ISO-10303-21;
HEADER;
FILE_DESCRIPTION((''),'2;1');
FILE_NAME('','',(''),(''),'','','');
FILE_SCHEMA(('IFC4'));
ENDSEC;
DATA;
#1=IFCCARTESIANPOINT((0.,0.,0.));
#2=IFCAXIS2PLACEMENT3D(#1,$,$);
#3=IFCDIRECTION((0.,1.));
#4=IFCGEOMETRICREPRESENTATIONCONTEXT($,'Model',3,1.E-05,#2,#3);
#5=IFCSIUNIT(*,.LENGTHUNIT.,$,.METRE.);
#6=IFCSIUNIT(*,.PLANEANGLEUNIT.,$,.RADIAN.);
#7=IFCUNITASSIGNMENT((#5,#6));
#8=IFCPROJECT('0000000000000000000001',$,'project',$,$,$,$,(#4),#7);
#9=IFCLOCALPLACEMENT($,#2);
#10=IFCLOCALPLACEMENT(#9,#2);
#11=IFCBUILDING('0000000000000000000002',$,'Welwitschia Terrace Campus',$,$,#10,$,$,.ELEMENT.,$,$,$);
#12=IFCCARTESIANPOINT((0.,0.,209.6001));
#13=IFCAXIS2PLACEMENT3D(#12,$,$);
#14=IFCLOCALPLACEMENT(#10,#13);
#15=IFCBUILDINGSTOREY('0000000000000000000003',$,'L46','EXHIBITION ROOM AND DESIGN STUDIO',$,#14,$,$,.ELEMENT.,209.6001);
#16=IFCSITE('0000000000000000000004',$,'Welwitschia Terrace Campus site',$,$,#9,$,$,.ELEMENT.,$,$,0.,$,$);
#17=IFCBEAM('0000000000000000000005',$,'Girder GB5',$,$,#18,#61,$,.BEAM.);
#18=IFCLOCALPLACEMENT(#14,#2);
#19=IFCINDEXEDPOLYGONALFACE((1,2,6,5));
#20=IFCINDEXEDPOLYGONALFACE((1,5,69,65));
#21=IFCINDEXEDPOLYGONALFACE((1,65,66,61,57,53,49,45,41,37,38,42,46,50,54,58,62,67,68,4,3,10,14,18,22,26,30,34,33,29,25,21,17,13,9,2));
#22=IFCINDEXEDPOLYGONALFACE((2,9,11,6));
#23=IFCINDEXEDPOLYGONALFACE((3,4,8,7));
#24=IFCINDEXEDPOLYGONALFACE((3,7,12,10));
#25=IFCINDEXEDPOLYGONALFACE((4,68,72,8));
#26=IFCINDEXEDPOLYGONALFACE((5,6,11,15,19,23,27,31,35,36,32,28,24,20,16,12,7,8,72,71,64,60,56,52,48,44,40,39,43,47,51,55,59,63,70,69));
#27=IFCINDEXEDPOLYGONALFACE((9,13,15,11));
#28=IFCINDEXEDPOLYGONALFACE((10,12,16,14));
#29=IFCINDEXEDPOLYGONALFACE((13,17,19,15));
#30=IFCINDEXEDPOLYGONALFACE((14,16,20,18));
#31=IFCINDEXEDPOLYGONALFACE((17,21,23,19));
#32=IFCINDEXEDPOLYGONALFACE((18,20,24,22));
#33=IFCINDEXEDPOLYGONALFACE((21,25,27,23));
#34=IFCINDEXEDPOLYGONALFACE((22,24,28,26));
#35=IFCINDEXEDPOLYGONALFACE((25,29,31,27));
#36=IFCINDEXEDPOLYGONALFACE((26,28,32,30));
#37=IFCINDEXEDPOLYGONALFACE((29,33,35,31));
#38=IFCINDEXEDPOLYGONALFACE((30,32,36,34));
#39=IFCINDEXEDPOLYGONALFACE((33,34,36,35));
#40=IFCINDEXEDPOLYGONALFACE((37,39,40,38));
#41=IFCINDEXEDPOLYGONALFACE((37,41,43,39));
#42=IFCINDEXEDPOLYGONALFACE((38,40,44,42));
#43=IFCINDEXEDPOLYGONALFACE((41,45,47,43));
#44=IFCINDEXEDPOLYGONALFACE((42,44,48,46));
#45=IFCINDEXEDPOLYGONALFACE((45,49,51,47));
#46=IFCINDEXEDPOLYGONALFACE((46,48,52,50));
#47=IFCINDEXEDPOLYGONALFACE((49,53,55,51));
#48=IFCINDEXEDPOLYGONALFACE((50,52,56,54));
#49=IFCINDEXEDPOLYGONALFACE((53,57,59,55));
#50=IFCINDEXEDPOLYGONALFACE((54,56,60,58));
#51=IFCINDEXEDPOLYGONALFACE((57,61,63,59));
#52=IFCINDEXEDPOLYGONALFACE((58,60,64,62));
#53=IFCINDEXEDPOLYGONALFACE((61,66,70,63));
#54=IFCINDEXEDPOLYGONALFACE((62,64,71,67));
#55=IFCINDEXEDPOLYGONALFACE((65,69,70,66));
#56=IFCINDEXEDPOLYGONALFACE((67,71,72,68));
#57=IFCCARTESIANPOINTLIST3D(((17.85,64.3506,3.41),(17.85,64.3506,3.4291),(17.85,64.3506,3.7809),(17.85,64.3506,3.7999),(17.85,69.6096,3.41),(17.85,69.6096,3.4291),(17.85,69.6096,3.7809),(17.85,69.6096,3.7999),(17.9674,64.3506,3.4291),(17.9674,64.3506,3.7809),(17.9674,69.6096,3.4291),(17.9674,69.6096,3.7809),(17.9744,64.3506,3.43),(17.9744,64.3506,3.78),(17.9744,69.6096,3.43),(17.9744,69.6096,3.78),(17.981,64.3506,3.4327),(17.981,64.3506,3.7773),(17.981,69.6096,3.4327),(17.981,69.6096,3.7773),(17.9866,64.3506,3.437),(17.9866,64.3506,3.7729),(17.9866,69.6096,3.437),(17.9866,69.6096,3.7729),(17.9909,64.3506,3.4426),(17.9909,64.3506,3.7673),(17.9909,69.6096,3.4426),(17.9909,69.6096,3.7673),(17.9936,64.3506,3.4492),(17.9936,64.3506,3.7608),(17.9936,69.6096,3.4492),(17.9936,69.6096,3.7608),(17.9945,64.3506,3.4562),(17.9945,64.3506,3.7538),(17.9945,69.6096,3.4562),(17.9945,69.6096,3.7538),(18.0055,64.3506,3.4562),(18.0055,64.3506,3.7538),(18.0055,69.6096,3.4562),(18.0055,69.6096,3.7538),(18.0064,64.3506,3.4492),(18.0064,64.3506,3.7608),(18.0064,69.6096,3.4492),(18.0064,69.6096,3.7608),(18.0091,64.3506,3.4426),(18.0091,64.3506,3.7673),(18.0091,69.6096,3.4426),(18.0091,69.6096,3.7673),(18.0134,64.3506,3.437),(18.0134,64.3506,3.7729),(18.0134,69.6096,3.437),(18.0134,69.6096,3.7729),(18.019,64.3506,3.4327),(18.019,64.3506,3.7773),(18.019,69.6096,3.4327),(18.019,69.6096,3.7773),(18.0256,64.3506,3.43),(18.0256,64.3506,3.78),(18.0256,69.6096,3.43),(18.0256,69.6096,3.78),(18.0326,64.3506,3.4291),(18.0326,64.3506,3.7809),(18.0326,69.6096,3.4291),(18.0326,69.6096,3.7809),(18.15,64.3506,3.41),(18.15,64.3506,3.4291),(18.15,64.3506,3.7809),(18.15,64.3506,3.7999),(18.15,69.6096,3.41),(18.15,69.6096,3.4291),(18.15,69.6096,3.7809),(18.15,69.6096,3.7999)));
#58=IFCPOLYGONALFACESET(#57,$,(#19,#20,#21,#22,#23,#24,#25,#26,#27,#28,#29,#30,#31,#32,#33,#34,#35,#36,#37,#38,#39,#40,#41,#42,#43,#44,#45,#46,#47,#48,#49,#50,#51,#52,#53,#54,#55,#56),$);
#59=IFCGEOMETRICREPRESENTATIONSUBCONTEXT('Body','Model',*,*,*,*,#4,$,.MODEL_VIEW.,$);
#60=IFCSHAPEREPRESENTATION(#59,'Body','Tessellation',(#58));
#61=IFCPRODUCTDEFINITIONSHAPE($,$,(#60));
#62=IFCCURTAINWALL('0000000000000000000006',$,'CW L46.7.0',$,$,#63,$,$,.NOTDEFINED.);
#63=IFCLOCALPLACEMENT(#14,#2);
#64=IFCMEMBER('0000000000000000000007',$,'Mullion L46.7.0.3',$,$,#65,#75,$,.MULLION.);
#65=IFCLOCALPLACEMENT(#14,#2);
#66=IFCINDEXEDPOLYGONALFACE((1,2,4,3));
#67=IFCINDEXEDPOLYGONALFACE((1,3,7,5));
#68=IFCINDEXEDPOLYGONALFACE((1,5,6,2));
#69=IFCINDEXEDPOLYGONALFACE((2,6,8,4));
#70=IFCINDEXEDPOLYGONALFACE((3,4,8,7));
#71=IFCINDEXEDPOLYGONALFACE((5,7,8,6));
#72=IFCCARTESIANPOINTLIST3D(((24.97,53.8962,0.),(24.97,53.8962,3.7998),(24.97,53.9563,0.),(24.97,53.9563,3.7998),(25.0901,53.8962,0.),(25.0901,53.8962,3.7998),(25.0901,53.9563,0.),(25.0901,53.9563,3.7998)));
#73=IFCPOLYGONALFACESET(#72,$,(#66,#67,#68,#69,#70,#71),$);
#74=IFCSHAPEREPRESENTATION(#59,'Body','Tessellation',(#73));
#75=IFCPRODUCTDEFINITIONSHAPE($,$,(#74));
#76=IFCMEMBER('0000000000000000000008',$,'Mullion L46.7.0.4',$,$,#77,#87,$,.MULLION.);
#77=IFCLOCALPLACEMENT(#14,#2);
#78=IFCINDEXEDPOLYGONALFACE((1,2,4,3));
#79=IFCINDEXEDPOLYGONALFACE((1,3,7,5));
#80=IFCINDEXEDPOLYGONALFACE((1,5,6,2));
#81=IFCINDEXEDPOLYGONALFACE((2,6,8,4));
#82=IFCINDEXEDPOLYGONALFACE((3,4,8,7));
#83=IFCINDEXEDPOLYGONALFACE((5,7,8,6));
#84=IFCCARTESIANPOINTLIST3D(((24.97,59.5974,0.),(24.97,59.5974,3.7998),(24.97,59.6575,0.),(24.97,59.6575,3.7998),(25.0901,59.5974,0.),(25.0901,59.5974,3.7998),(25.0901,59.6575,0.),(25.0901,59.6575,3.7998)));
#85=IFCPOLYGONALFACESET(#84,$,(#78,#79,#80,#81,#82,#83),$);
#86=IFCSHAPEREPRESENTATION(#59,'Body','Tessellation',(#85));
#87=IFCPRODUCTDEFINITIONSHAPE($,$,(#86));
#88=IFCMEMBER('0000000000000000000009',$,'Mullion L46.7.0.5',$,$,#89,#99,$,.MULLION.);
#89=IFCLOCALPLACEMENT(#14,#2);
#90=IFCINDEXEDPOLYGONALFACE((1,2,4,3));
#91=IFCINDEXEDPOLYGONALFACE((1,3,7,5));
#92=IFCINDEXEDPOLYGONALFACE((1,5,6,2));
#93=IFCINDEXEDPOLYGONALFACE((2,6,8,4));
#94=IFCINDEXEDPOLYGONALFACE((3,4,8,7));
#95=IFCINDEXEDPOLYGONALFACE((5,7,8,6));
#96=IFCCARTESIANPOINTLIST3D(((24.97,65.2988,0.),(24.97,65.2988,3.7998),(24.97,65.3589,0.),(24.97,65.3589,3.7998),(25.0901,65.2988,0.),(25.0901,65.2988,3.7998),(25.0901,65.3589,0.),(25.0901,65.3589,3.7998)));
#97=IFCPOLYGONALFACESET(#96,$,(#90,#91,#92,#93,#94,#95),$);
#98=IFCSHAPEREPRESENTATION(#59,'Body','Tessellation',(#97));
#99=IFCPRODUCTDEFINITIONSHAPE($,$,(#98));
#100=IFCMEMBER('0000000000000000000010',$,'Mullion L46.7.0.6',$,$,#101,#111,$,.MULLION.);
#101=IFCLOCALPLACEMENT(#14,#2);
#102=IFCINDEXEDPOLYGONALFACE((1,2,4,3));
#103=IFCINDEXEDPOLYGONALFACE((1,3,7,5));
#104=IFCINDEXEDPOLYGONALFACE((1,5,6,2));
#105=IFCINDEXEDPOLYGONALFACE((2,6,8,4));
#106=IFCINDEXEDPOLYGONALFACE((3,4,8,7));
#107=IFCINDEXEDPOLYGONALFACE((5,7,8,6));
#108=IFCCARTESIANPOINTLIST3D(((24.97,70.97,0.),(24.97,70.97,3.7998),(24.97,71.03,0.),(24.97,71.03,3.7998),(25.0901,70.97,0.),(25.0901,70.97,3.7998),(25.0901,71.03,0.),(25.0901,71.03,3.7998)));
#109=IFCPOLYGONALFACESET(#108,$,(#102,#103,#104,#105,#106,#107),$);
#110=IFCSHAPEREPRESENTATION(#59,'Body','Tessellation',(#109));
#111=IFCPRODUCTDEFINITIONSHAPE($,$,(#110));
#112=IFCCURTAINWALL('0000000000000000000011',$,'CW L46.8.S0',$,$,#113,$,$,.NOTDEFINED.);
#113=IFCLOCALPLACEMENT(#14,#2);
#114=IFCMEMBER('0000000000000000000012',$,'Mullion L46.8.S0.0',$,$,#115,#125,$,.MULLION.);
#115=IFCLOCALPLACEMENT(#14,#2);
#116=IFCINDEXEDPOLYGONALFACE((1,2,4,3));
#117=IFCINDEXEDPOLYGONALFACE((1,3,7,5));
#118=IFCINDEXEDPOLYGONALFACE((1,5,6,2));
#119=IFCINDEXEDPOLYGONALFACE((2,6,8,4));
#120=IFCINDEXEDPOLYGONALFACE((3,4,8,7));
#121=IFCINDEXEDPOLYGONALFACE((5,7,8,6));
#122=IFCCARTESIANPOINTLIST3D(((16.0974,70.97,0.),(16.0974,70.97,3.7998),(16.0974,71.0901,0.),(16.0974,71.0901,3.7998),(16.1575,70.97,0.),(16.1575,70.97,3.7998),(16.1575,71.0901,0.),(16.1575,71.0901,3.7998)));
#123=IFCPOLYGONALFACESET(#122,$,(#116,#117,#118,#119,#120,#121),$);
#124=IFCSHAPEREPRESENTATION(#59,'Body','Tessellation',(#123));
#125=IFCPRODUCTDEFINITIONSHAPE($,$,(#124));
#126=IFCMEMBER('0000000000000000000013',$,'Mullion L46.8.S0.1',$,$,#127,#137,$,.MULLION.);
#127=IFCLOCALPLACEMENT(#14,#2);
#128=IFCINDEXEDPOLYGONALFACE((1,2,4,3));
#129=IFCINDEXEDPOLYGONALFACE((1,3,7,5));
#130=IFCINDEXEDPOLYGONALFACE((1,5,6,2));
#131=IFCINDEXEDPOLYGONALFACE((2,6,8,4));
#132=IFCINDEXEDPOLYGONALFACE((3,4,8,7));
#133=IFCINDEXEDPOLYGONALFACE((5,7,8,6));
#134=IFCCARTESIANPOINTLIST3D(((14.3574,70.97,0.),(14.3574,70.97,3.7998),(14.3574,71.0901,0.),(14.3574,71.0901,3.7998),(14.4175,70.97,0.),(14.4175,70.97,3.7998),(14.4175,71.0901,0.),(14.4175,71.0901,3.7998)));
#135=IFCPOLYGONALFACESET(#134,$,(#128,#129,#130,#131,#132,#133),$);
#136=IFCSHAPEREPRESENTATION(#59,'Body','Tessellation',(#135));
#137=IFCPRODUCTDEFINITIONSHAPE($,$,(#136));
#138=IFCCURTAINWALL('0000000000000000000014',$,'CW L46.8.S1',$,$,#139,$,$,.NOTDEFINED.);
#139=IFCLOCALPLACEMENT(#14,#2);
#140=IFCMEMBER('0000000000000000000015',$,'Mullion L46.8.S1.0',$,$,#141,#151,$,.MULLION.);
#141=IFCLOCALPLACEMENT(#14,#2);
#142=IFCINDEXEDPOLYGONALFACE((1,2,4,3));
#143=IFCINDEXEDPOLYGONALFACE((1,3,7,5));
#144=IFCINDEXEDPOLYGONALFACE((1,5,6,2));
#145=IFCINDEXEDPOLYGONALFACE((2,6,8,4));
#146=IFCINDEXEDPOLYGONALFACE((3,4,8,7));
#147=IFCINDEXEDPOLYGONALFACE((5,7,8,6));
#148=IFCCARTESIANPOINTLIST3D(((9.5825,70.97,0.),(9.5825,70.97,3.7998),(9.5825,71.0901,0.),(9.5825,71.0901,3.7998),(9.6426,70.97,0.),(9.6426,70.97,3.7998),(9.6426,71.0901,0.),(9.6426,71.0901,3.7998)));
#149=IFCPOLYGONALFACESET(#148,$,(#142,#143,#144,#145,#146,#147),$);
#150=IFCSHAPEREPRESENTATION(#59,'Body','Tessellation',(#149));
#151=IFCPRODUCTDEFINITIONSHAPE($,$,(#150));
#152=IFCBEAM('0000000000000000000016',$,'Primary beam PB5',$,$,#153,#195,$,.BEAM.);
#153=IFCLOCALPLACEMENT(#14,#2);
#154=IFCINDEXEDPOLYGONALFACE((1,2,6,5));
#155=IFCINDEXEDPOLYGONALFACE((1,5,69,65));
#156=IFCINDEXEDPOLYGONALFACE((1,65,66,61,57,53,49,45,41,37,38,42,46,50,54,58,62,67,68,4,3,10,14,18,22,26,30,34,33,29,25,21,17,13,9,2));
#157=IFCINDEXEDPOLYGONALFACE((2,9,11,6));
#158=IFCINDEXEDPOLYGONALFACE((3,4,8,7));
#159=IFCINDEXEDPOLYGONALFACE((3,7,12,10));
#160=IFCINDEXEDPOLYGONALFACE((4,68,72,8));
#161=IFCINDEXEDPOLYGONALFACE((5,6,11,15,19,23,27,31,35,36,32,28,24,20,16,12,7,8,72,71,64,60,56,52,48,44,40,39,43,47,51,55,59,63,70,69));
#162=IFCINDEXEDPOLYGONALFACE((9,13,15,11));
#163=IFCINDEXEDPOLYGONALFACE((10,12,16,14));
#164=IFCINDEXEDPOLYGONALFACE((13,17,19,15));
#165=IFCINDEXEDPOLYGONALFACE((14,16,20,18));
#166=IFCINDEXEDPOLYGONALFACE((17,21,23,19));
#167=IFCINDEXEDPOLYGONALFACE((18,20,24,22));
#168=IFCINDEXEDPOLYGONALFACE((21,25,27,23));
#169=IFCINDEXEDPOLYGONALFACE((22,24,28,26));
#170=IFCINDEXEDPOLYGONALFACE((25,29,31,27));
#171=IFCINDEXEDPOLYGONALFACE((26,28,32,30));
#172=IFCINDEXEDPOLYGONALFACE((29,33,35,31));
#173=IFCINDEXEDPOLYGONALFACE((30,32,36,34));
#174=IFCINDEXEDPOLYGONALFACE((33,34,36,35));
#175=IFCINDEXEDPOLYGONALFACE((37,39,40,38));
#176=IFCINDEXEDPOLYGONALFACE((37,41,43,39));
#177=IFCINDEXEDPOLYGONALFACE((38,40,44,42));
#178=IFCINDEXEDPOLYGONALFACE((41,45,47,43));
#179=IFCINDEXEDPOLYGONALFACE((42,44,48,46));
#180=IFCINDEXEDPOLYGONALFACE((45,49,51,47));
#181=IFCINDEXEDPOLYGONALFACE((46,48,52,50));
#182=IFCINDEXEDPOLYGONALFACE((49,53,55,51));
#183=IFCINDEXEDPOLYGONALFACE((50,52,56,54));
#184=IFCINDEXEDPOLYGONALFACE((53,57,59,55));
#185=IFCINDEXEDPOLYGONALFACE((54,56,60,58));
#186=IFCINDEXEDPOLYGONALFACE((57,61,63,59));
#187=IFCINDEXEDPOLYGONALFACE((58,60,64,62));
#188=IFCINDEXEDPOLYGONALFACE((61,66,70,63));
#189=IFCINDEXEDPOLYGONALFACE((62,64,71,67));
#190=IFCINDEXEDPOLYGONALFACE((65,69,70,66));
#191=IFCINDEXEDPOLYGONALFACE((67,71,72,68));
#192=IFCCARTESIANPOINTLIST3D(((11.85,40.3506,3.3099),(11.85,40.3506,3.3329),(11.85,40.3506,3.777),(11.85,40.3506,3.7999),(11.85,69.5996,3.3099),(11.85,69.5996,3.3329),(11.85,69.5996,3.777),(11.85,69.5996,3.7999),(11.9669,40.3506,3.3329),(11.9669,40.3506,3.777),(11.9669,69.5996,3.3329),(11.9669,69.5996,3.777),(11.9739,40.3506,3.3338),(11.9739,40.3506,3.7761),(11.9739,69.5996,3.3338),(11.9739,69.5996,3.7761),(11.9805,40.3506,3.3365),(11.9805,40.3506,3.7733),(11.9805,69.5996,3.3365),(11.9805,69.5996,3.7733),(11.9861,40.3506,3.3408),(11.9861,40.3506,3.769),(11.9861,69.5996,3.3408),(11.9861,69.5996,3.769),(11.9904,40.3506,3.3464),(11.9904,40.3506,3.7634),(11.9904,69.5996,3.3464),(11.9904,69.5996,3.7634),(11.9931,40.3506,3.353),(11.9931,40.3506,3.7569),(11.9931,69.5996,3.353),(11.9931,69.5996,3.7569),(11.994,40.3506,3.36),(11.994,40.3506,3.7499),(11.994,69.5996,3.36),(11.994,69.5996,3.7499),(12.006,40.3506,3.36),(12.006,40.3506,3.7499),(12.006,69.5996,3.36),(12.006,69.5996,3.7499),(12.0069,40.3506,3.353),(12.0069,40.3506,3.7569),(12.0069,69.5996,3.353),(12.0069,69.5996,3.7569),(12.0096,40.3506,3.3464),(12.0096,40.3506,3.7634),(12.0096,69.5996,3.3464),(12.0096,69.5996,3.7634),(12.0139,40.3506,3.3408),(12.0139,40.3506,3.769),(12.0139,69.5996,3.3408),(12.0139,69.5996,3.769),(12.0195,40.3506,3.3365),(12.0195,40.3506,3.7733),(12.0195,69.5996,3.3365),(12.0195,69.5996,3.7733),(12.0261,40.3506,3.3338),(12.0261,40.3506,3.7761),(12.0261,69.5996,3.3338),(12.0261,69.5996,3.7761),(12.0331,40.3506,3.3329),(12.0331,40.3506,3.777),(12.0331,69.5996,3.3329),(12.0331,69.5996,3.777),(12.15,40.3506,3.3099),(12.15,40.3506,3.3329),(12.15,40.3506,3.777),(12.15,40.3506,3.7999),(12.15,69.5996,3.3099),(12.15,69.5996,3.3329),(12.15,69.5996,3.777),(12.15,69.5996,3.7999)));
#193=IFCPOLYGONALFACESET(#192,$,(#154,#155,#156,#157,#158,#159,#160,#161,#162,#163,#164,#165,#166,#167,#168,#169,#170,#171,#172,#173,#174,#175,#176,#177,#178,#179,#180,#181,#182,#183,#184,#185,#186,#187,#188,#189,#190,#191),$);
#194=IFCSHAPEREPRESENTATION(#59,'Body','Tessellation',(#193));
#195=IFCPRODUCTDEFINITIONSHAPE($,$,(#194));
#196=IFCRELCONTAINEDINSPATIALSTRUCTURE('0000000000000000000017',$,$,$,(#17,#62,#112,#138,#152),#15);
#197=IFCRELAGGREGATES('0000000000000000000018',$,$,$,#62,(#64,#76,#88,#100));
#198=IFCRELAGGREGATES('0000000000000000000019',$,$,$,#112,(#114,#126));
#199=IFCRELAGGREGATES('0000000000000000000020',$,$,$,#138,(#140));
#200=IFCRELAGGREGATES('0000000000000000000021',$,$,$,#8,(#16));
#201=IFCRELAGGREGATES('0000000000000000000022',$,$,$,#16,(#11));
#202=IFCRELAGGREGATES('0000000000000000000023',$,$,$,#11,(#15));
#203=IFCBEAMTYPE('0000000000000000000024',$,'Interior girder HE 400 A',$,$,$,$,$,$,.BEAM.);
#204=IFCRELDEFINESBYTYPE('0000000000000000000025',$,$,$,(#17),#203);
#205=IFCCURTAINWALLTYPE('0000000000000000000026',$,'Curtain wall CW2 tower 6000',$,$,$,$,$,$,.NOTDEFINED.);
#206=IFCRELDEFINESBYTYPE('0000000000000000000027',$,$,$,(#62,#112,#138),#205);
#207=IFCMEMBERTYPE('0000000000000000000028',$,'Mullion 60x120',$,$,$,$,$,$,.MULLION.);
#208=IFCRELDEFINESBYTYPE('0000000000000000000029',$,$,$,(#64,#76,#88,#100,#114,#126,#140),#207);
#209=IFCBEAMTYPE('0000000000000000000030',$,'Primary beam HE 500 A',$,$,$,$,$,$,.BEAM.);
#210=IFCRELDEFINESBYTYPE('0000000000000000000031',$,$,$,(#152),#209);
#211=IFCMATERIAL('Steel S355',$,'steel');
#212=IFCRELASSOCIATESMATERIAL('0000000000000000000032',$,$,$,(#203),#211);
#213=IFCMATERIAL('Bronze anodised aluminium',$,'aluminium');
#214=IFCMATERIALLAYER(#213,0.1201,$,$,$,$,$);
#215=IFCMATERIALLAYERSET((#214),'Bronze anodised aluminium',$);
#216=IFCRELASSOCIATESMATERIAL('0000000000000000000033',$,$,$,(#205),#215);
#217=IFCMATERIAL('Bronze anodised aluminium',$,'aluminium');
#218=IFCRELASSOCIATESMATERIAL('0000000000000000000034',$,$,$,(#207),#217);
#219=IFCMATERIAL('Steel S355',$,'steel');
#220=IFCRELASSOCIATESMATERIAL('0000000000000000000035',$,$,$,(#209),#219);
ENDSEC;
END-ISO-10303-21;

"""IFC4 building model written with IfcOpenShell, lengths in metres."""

from ifc_helpers import new_model, si_unit, direction, frame, origin, origin_2d, place, context, subcontext, project, spatial, rectangle, i_section, extrude, material, layer, layer_set, material_profile, profile_set, type_object, element, aggregate, save


model = new_model("IFC4")

# Units and contexts
model_context = context("Model", 3, precision=1e-05, world=origin(), true_north=direction((0.0, 1.0)))
body_context = subcontext(model_context, "Body", "Model", "MODEL_VIEW")
ifc_project = project(units=[si_unit("LENGTHUNIT", "METRE"), si_unit("PLANEANGLEUNIT", "RADIAN")], contexts=[model_context])

# Site, building, storey
site_placement = place(None, origin())
site = spatial("IfcSite", under=ifc_project, at=site_placement, Name="Welwitschia Terrace Campus site", CompositionType="ELEMENT", RefElevation=0.0)
building_placement = place(site_placement, origin())
building = spatial("IfcBuilding", under=site, at=building_placement, Name="Welwitschia Terrace Campus", CompositionType="ELEMENT")
storey_placement = place(building_placement, frame((0.0, 0.0, 209.6001)))
storey = spatial("IfcBuildingStorey", under=building, at=storey_placement, Name="L46", Description="EXHIBITION ROOM AND DESIGN STUDIO", CompositionType="ELEMENT", Elevation=209.6001)

# Beam
ifc_material_1 = material(Name="Steel S355", Category="steel")
ifc_material_profile_1 = material_profile(ifc_material_1, i_section(OverallWidth=0.3, OverallDepth=0.3899, WebThickness=0.011, FlangeThickness=0.019, FilletRadius=0.0271, at=origin_2d()))
ifc_profile_set_1 = profile_set([ifc_material_profile_1], Name="Steel S355")
beam_type_1 = type_object("IfcBeamType", Name="Interior girder HE 400 A", PredefinedType="BEAM", material=ifc_profile_set_1)
beam_1_placement = place(storey_placement, frame((18.0, 64.3506, 3.605), z_axis=(0.0, 1.0, 0.0), x_axis=(-1.0, 0.0, 0.0)))
element("IfcBeam", 1, at=beam_1_placement, inside=storey, type_object=beam_type_1, Name="Girder GB5", PredefinedType="BEAM", context=body_context, shape_type="SweptSolid", body=[
    extrude(i_section(OverallWidth=0.3, OverallDepth=0.3899, WebThickness=0.011, FlangeThickness=0.019, FilletRadius=0.0271, at=origin_2d()), origin(), (0.0, 0.0, 1.0), 5.259),
])

# Curtain walls, members
ifc_material_2 = material(Name="Bronze anodised aluminium", Category="aluminium")
ifc_layer_1 = layer(ifc_material_2, 0.1201)
ifc_layer_set_1 = layer_set([ifc_layer_1], Name="Bronze anodised aluminium")
curtain_wall_type = type_object("IfcCurtainWallType", Name="Curtain wall CW2 tower 6000", PredefinedType="NOTDEFINED", material=ifc_layer_set_1)
curtain_wall_1_placement = place(storey_placement, origin())
curtain_wall_1 = element("IfcCurtainWall", 2, at=curtain_wall_1_placement, inside=storey, type_object=curtain_wall_type, Name="CW L46.7.0", PredefinedType="NOTDEFINED")
ifc_material_3 = material(Name="Bronze anodised aluminium", Category="aluminium")
ifc_material_profile_2 = material_profile(ifc_material_3, rectangle(XDim=0.1201, YDim=0.0601, at=origin_2d()))
ifc_profile_set_2 = profile_set([ifc_material_profile_2], Name="Bronze anodised aluminium")
member_type_1 = type_object("IfcMemberType", Name="Mullion 60x120", PredefinedType="MULLION", material=ifc_profile_set_2)
member_1_placement = place(storey_placement, frame((25.03, 53.9263, 0.0), z_axis=(0.0, 0.0, 1.0), x_axis=(-1.0, 0.0, 0.0)))
member_1 = element("IfcMember", 3, at=member_1_placement, type_object=member_type_1, Name="Mullion L46.7.0.3", PredefinedType="MULLION", context=body_context, shape_type="SweptSolid", body=[
    extrude(rectangle(XDim=0.1201, YDim=0.0601, at=origin_2d()), origin(), (0.0, 0.0, 1.0), 3.7998),
])
member_2_placement = place(storey_placement, frame((25.03, 59.6274, 0.0), z_axis=(0.0, 0.0, 1.0), x_axis=(-1.0, 0.0, 0.0)))
member_2 = element("IfcMember", 4, at=member_2_placement, type_object=member_type_1, Name="Mullion L46.7.0.4", PredefinedType="MULLION", context=body_context, shape_type="SweptSolid", body=[
    extrude(rectangle(XDim=0.1201, YDim=0.0601, at=origin_2d()), origin(), (0.0, 0.0, 1.0), 3.7998),
])
member_3_placement = place(storey_placement, frame((25.03, 65.3289, 0.0), z_axis=(0.0, 0.0, 1.0), x_axis=(-1.0, 0.0, 0.0)))
member_3 = element("IfcMember", 5, at=member_3_placement, type_object=member_type_1, Name="Mullion L46.7.0.5", PredefinedType="MULLION", context=body_context, shape_type="SweptSolid", body=[
    extrude(rectangle(XDim=0.1201, YDim=0.0601, at=origin_2d()), origin(), (0.0, 0.0, 1.0), 3.7998),
])
member_4_placement = place(storey_placement, frame((25.03, 71.0, 0.0), z_axis=(0.0, 0.0, 1.0), x_axis=(-1.0, 0.0, 0.0)))
member_4 = element("IfcMember", 6, at=member_4_placement, type_object=member_type_1, Name="Mullion L46.7.0.6", PredefinedType="MULLION", context=body_context, shape_type="SweptSolid", body=[
    extrude(rectangle(XDim=0.1201, YDim=0.0601, at=origin_2d()), origin(), (0.0, 0.0, 1.0), 3.7998),
])
curtain_wall_2_placement = place(storey_placement, origin())
curtain_wall_2 = element("IfcCurtainWall", 7, at=curtain_wall_2_placement, inside=storey, type_object=curtain_wall_type, Name="CW L46.8.S0", PredefinedType="NOTDEFINED")
member_5_placement = place(storey_placement, frame((16.1274, 71.03, 0.0), z_axis=(0.0, 0.0, 1.0), x_axis=(0.0, -1.0, 0.0)))
member_5 = element("IfcMember", 8, at=member_5_placement, type_object=member_type_1, Name="Mullion L46.8.S0.0", PredefinedType="MULLION", context=body_context, shape_type="SweptSolid", body=[
    extrude(rectangle(XDim=0.1201, YDim=0.0601, at=origin_2d()), origin(), (0.0, 0.0, 1.0), 3.7998),
])
member_6_placement = place(storey_placement, frame((14.3875, 71.03, 0.0), z_axis=(0.0, 0.0, 1.0), x_axis=(0.0, -1.0, 0.0)))
member_6 = element("IfcMember", 9, at=member_6_placement, type_object=member_type_1, Name="Mullion L46.8.S0.1", PredefinedType="MULLION", context=body_context, shape_type="SweptSolid", body=[
    extrude(rectangle(XDim=0.1201, YDim=0.0601, at=origin_2d()), origin(), (0.0, 0.0, 1.0), 3.7998),
])

# Curtain wall, member
curtain_wall_3_placement = place(storey_placement, origin())
curtain_wall_3 = element("IfcCurtainWall", 10, at=curtain_wall_3_placement, inside=storey, type_object=curtain_wall_type, Name="CW L46.8.S1", PredefinedType="NOTDEFINED")
member_7_placement = place(storey_placement, frame((9.6125, 71.03, 0.0), z_axis=(0.0, 0.0, 1.0), x_axis=(0.0, -1.0, 0.0)))
member_7 = element("IfcMember", 11, at=member_7_placement, type_object=member_type_1, Name="Mullion L46.8.S1.0", PredefinedType="MULLION", context=body_context, shape_type="SweptSolid", body=[
    extrude(rectangle(XDim=0.1201, YDim=0.0601, at=origin_2d()), origin(), (0.0, 0.0, 1.0), 3.7998),
])

# Beam
ifc_material_4 = material(Name="Steel S355", Category="steel")
ifc_material_profile_3 = material_profile(ifc_material_4, i_section(OverallWidth=0.3, OverallDepth=0.49, WebThickness=0.012, FlangeThickness=0.0229, FilletRadius=0.0271, at=origin_2d()))
ifc_profile_set_3 = profile_set([ifc_material_profile_3], Name="Steel S355")
beam_type_2 = type_object("IfcBeamType", Name="Primary beam HE 500 A", PredefinedType="BEAM", material=ifc_profile_set_3)
beam_2_placement = place(storey_placement, frame((12.0, 69.5996, 3.5549), z_axis=(0.0, -1.0, 0.0), x_axis=(1.0, 0.0, 0.0)))
element("IfcBeam", 12, at=beam_2_placement, inside=storey, type_object=beam_type_2, Name="Primary beam PB5", PredefinedType="BEAM", context=body_context, shape_type="SweptSolid", body=[
    extrude(i_section(OverallWidth=0.3, OverallDepth=0.49, WebThickness=0.012, FlangeThickness=0.0229, FilletRadius=0.0271, at=origin_2d()), origin(), (0.0, 0.0, 1.0), 29.249),
])

aggregate(curtain_wall_1, [member_1, member_2, member_3, member_4])
aggregate(curtain_wall_2, [member_5, member_6])
aggregate(curtain_wall_3, [member_7])

save(model, "model.ifc")
